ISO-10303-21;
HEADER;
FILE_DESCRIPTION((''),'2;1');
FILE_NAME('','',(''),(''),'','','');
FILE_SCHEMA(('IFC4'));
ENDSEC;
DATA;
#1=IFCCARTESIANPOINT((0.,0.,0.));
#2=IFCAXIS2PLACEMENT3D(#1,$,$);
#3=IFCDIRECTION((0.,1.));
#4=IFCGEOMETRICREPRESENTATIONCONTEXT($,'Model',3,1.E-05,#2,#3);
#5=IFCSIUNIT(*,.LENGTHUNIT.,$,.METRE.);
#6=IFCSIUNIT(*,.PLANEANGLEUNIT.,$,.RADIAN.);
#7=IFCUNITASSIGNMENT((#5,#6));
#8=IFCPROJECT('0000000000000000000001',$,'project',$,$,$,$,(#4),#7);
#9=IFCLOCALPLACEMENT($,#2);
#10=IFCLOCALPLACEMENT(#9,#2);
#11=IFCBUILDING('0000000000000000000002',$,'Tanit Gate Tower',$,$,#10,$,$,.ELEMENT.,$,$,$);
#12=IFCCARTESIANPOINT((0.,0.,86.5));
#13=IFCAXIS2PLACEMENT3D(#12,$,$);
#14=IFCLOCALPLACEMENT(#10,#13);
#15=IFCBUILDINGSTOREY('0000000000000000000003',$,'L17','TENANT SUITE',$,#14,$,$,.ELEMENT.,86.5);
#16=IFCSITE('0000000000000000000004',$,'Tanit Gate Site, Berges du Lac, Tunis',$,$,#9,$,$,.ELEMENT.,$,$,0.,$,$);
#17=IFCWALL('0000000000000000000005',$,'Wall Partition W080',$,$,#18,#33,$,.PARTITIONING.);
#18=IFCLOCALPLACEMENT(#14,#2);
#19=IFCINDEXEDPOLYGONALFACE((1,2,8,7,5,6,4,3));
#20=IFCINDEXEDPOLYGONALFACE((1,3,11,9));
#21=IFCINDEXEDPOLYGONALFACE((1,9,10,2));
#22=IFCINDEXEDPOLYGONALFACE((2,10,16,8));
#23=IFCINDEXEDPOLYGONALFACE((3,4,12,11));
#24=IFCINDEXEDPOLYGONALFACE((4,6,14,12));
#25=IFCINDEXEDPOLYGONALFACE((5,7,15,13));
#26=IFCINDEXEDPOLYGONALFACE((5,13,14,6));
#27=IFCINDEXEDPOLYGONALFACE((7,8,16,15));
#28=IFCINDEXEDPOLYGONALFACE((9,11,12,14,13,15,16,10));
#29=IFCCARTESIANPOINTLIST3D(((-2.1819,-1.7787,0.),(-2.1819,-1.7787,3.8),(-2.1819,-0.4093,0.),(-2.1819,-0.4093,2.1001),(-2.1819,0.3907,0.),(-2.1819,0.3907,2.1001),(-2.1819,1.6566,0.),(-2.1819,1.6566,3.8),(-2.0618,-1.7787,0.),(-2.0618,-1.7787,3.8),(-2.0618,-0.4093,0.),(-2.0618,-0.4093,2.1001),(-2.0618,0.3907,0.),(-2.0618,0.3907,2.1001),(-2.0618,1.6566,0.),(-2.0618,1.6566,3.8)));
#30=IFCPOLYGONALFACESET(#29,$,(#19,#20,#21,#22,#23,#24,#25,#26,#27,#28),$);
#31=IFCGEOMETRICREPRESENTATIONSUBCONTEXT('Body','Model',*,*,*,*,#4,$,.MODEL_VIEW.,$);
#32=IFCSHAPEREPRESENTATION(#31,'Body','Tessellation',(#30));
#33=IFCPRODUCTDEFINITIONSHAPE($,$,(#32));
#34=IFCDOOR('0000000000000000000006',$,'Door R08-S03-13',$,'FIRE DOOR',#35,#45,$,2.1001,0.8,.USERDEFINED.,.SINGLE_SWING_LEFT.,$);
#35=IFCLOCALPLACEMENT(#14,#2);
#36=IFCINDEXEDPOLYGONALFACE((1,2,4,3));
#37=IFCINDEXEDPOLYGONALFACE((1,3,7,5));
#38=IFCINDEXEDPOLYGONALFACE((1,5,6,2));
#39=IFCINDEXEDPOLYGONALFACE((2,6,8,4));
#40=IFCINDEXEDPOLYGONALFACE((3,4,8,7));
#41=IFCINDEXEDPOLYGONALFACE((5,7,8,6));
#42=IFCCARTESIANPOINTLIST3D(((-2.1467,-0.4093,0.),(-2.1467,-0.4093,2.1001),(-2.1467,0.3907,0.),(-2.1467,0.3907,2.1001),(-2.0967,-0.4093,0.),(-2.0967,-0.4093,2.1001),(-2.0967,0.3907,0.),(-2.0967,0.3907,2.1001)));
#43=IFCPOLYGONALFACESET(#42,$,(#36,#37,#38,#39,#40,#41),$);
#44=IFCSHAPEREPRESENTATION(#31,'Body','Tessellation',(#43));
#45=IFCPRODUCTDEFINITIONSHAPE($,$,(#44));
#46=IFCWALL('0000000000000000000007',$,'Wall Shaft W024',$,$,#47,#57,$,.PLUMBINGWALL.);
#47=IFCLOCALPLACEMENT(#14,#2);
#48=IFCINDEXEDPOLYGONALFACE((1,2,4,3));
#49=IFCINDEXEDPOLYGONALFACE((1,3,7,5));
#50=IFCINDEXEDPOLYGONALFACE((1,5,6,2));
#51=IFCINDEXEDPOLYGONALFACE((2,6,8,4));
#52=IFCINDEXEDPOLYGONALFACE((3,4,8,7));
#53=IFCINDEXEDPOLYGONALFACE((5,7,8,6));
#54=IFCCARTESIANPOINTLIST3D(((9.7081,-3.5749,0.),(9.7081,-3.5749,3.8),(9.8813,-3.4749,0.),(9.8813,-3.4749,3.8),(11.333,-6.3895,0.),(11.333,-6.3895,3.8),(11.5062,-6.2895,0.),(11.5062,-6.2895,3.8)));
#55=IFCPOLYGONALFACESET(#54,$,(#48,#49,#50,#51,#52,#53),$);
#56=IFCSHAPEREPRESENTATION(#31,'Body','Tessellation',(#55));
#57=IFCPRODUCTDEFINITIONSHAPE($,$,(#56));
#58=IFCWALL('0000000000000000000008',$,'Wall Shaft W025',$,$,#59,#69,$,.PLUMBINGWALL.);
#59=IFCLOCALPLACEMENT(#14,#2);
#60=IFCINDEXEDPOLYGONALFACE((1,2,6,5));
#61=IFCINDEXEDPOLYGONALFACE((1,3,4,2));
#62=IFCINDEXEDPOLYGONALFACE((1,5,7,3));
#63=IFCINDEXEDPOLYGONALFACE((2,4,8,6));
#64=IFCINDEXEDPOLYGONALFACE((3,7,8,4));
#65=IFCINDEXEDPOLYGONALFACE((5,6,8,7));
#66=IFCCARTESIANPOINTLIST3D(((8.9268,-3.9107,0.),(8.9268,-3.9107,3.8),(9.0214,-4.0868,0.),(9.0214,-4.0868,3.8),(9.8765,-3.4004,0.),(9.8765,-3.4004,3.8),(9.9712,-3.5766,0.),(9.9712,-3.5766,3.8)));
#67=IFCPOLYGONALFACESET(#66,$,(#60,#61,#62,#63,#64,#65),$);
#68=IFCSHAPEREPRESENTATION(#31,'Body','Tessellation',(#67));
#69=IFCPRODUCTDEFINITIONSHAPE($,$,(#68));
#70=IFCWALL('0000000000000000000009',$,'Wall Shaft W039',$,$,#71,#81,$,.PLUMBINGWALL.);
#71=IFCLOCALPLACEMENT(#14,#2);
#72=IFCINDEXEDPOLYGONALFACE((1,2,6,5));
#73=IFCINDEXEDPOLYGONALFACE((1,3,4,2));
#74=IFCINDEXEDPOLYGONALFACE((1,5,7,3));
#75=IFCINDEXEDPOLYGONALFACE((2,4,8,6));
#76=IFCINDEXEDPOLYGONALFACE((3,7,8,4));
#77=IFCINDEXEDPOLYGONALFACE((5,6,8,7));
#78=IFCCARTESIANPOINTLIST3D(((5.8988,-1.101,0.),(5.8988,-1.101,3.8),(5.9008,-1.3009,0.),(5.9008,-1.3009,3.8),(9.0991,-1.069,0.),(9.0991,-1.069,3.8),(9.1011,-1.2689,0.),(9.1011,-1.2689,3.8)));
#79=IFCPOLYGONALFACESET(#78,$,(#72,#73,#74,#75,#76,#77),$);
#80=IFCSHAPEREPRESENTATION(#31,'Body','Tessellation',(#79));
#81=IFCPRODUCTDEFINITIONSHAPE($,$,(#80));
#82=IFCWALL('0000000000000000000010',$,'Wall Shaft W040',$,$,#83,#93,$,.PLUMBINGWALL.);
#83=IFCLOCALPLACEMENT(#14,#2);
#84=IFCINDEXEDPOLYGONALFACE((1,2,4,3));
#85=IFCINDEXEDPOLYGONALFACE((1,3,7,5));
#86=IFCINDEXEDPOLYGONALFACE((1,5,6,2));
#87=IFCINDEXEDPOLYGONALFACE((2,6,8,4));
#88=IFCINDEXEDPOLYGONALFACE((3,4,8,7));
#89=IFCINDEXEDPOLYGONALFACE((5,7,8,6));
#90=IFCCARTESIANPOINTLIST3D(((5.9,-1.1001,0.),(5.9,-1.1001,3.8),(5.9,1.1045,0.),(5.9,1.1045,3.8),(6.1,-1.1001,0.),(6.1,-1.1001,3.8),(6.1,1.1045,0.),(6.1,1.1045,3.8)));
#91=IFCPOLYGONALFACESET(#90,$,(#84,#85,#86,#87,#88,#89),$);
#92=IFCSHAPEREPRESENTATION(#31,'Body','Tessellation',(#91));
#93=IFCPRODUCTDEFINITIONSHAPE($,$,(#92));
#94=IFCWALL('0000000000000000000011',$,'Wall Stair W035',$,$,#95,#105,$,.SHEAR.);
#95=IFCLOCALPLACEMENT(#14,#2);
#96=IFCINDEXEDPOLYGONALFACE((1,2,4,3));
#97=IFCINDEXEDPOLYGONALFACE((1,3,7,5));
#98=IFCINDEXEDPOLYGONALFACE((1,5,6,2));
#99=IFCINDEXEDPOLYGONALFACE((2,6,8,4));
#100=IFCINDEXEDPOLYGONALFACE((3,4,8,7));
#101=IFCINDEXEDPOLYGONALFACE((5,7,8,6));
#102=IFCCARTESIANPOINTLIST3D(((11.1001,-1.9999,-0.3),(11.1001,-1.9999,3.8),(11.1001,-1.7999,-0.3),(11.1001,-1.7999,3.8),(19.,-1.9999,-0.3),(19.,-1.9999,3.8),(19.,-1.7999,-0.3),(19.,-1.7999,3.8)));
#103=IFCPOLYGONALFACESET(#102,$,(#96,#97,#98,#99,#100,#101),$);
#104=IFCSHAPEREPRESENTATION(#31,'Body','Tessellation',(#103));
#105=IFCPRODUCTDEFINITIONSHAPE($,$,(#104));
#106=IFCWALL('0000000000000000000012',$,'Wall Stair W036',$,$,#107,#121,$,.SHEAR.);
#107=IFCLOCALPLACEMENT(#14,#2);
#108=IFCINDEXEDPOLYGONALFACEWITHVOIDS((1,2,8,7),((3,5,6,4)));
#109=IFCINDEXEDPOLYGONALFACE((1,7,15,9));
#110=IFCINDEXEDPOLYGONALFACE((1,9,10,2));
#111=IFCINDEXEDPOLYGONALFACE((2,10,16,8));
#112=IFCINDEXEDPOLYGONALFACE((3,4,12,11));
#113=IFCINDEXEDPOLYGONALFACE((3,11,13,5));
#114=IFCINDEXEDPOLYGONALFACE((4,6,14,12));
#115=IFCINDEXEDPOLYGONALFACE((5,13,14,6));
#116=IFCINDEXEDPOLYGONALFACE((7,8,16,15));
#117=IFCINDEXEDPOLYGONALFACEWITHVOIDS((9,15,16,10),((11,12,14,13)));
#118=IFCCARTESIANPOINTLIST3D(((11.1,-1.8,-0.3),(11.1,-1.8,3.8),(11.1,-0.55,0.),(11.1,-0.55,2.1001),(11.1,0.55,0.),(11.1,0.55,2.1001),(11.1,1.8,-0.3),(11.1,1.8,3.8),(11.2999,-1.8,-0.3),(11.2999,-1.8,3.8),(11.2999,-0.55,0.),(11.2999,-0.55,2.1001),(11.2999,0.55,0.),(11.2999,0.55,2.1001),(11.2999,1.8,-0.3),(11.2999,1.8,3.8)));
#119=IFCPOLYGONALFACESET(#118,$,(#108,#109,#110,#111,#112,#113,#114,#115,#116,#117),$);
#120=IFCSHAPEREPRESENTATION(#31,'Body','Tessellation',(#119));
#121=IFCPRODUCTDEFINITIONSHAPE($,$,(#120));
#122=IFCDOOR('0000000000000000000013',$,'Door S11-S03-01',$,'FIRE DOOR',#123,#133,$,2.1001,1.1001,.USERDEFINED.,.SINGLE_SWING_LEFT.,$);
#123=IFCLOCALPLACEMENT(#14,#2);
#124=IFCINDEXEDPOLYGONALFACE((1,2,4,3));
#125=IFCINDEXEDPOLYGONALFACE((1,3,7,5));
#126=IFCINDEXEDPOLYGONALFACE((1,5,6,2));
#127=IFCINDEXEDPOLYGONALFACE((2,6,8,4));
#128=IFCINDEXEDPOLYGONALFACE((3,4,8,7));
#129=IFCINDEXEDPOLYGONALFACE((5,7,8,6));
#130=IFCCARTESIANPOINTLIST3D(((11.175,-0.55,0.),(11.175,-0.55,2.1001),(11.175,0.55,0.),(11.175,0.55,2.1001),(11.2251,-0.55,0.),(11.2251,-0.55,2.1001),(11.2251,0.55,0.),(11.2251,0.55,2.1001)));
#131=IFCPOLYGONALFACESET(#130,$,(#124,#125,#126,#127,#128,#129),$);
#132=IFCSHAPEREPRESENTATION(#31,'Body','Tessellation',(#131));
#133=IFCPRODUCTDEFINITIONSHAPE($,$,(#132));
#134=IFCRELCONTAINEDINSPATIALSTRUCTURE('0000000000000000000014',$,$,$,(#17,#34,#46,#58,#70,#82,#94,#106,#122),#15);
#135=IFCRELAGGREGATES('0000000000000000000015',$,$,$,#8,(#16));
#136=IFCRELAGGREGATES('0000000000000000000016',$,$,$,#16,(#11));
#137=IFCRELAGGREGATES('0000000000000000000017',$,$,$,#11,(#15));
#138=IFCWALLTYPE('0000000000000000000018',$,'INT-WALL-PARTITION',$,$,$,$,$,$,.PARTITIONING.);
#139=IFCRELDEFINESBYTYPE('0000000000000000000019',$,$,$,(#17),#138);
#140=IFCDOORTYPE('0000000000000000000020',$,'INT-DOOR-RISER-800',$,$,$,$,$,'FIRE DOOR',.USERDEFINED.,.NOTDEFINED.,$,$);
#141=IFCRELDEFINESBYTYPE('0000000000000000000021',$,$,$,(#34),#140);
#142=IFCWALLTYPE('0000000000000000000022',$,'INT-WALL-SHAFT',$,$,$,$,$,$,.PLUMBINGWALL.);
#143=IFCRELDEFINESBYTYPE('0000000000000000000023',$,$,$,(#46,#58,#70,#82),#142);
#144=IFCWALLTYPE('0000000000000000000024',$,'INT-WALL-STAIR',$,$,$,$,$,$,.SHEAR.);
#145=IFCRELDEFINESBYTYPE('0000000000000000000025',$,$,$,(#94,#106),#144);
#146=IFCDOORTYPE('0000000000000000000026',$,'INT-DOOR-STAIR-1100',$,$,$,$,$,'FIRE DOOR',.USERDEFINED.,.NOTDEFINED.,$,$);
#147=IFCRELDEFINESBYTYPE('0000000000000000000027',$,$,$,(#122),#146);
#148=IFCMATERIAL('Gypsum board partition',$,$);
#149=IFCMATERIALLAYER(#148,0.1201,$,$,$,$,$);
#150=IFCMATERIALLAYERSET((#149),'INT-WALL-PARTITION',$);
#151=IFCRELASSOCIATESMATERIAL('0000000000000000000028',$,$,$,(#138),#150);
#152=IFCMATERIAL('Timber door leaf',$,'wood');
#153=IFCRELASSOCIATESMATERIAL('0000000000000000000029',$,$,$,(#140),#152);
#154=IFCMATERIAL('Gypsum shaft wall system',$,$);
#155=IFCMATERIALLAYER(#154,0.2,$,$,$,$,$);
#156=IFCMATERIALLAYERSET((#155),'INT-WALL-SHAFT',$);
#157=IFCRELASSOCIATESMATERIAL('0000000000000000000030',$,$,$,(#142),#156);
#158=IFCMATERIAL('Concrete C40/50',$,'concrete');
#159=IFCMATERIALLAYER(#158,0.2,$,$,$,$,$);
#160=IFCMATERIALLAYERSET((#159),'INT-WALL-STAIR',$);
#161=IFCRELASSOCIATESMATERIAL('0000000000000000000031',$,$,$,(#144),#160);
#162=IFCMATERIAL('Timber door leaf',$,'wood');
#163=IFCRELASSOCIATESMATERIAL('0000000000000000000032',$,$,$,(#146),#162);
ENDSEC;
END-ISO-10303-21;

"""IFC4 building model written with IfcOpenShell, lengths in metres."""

from ifc_helpers import new_model, si_unit, direction, frame, frame_2d, origin, place, context, subcontext, project, spatial, rectangle, extrude, material, layer, layer_set, type_object, element, fill, save


model = new_model("IFC4")

# Units and contexts
model_context = context("Model", 3, precision=1e-05, world=origin(), true_north=direction((0.0, 1.0)))
body_context = subcontext(model_context, "Body", "Model", "MODEL_VIEW")
ifc_project = project(units=[si_unit("LENGTHUNIT", "METRE"), si_unit("PLANEANGLEUNIT", "RADIAN")], contexts=[model_context])

# Site, building, storey
site_placement = place(None, origin())
site = spatial("IfcSite", under=ifc_project, at=site_placement, Name="Tanit Gate Site, Berges du Lac, Tunis", CompositionType="ELEMENT", RefElevation=0.0)
building_placement = place(site_placement, origin())
building = spatial("IfcBuilding", under=site, at=building_placement, Name="Tanit Gate Tower", CompositionType="ELEMENT")
storey_placement = place(building_placement, frame((0.0, 0.0, 86.5)))
storey = spatial("IfcBuildingStorey", under=building, at=storey_placement, Name="L17", Description="TENANT SUITE", CompositionType="ELEMENT", Elevation=86.5)

# Shared definitions
ifc_material_1 = material(Name="Gypsum board partition")
ifc_layer_1 = layer(ifc_material_1, 0.1201)
ifc_layer_set_1 = layer_set([ifc_layer_1], Name="INT-WALL-PARTITION")
wall_type_1 = type_object("IfcWallType", Name="INT-WALL-PARTITION", PredefinedType="PARTITIONING", material=ifc_layer_set_1)
ifc_material_2 = material(Name="Timber door leaf", Category="wood")
door_type_1 = type_object("IfcDoorType", Name="INT-DOOR-RISER-800", ElementType="FIRE DOOR", OperationType="NOTDEFINED", PredefinedType="USERDEFINED", material=ifc_material_2)

# Wall, opening, door
wall_1_placement = place(storey_placement, frame((-2.1218, -1.7788, 0.0), z_axis=(0.0, 0.0, 1.0), x_axis=(0.0, 1.0, 0.0)))
wall_1 = element("IfcWall", 1, at=wall_1_placement, inside=storey, type_object=wall_type_1, Name="Wall Partition W080", PredefinedType="PARTITIONING", context=body_context, shape_type="SweptSolid", body=[
    extrude(rectangle(XDim=3.4353, YDim=0.1201, at=frame_2d((1.7178, 0.0))), origin(), (0.0, 0.0, 1.0), 3.8),
])
opening_1_placement = place(wall_1_placement, frame((1.3696, 0.0, 0.0)))
opening_1 = element("IfcOpeningElement", 2, at=opening_1_placement, cuts=wall_1, PredefinedType="OPENING", context=body_context, shape_type="SweptSolid", body=[
    extrude(rectangle(XDim=0.8, YDim=2.1001, at=frame_2d((0.3999, 1.05))), frame((0.0, 0.0701, 0.0), z_axis=(0.0, -1.0, 0.0), x_axis=(1.0, 0.0, 0.0)), (0.0, 0.0, 1.0), 0.1401),
])
door_1_placement = place(opening_1_placement, origin())
door_1 = element("IfcDoor", 3, at=door_1_placement, inside=storey, type_object=door_type_1, Name="Door R08-S03-13", ObjectType="FIRE DOOR", OperationType="SINGLE_SWING_LEFT", OverallHeight=2.1001, OverallWidth=0.8, PredefinedType="USERDEFINED", context=body_context, shape_type="SweptSolid", body=[
    extrude(rectangle(XDim=0.8, YDim=2.1001, at=frame_2d((0.3999, 1.05))), frame((0.0, 0.0249, 0.0), z_axis=(0.0, -1.0, 0.0), x_axis=(1.0, 0.0, 0.0)), (0.0, 0.0, 1.0), 0.05),
])
fill(opening_1, door_1)

# Walls
ifc_material_3 = material(Name="Gypsum shaft wall system")
ifc_layer_2 = layer(ifc_material_3, 0.2)
ifc_layer_set_2 = layer_set([ifc_layer_2], Name="INT-WALL-SHAFT")
wall_type_2 = type_object("IfcWallType", Name="INT-WALL-SHAFT", PredefinedType="PLUMBINGWALL", material=ifc_layer_set_2)
wall_2_placement = place(storey_placement, frame((9.7947, -3.5249, 0.0), z_axis=(0.0, 0.0, 1.0), x_axis=(0.499985, -0.866034, 0.0)))
element("IfcWall", 4, at=wall_2_placement, inside=storey, type_object=wall_type_2, Name="Wall Shaft W024", PredefinedType="PLUMBINGWALL", context=body_context, shape_type="SweptSolid", body=[
    extrude(rectangle(XDim=3.25, YDim=0.2, at=frame_2d((1.625, 0.0))), origin(), (0.0, 0.0, 1.0), 3.8),
])
wall_3_placement = place(storey_placement, frame((8.9741, -3.9988, 0.0), z_axis=(0.0, 0.0, 1.0), x_axis=(0.880907, 0.473289, 0.0)))
element("IfcWall", 5, at=wall_3_placement, inside=storey, type_object=wall_type_2, Name="Wall Shaft W025", PredefinedType="PLUMBINGWALL", context=body_context, shape_type="SweptSolid", body=[
    extrude(rectangle(XDim=1.0781, YDim=0.2, at=frame_2d((0.5391, 0.0))), origin(), (0.0, 0.0, 1.0), 3.8),
])
wall_4_placement = place(storey_placement, frame((5.8999, -1.2009, 0.0), z_axis=(0.0, 0.0, 1.0), x_axis=(0.99995, 0.009993, 0.0)))
element("IfcWall", 6, at=wall_4_placement, inside=storey, type_object=wall_type_2, Name="Wall Shaft W039", PredefinedType="PLUMBINGWALL", context=body_context, shape_type="SweptSolid", body=[
    extrude(rectangle(XDim=3.2004, YDim=0.2, at=frame_2d((1.6001, 0.0))), origin(), (0.0, 0.0, 1.0), 3.8),
])
wall_5_placement = place(storey_placement, frame((6.0, -1.1001, 0.0), z_axis=(0.0, 0.0, 1.0), x_axis=(0.0, 1.0, 0.0)))
element("IfcWall", 7, at=wall_5_placement, inside=storey, type_object=wall_type_2, Name="Wall Shaft W040", PredefinedType="PLUMBINGWALL", context=body_context, shape_type="SweptSolid", body=[
    extrude(rectangle(XDim=2.2046, YDim=0.2, at=frame_2d((1.1023, 0.0))), origin(), (0.0, 0.0, 1.0), 3.8),
])
ifc_material_4 = material(Name="Concrete C40/50", Category="concrete")
ifc_layer_3 = layer(ifc_material_4, 0.2)
ifc_layer_set_3 = layer_set([ifc_layer_3], Name="INT-WALL-STAIR")
wall_type_3 = type_object("IfcWallType", Name="INT-WALL-STAIR", PredefinedType="SHEAR", material=ifc_layer_set_3)
wall_6_placement = place(storey_placement, frame((11.1001, -1.8999, -0.3), z_axis=(0.0, 0.0, 1.0), x_axis=(1.0, 0.0, 0.0)))
element("IfcWall", 8, at=wall_6_placement, inside=storey, type_object=wall_type_3, Name="Wall Stair W035", PredefinedType="SHEAR", context=body_context, shape_type="SweptSolid", body=[
    extrude(rectangle(XDim=7.8999, YDim=0.2, at=frame_2d((3.95, 0.0))), origin(), (0.0, 0.0, 1.0), 4.1001),
])

# Wall, opening, door
wall_7_placement = place(storey_placement, frame((11.2, -1.8, -0.3), z_axis=(0.0, 0.0, 1.0), x_axis=(0.0, 1.0, 0.0)))
wall_7 = element("IfcWall", 9, at=wall_7_placement, inside=storey, type_object=wall_type_3, Name="Wall Stair W036", PredefinedType="SHEAR", context=body_context, shape_type="SweptSolid", body=[
    extrude(rectangle(XDim=3.6001, YDim=0.2, at=frame_2d((1.8, 0.0))), origin(), (0.0, 0.0, 1.0), 4.1001),
])
opening_2_placement = place(wall_7_placement, frame((1.25, 0.0, 0.3)))
opening_2 = element("IfcOpeningElement", 10, at=opening_2_placement, cuts=wall_7, PredefinedType="OPENING", context=body_context, shape_type="SweptSolid", body=[
    extrude(rectangle(XDim=1.1001, YDim=2.1001, at=frame_2d((0.55, 1.05))), frame((0.0, 0.1099, 0.0), z_axis=(0.0, -1.0, 0.0), x_axis=(1.0, 0.0, 0.0)), (0.0, 0.0, 1.0), 0.22),
])
ifc_material_5 = material(Name="Timber door leaf", Category="wood")
door_type_2 = type_object("IfcDoorType", Name="INT-DOOR-STAIR-1100", ElementType="FIRE DOOR", OperationType="NOTDEFINED", PredefinedType="USERDEFINED", material=ifc_material_5)
door_2_placement = place(opening_2_placement, origin())
door_2 = element("IfcDoor", 11, at=door_2_placement, inside=storey, type_object=door_type_2, Name="Door S11-S03-01", ObjectType="FIRE DOOR", OperationType="SINGLE_SWING_LEFT", OverallHeight=2.1001, OverallWidth=1.1001, PredefinedType="USERDEFINED", context=body_context, shape_type="SweptSolid", body=[
    extrude(rectangle(XDim=1.1001, YDim=2.1001, at=frame_2d((0.55, 1.05))), frame((0.0, 0.0249, 0.0), z_axis=(0.0, -1.0, 0.0), x_axis=(1.0, 0.0, 0.0)), (0.0, 0.0, 1.0), 0.05),
])
fill(opening_2, door_2)

save(model, "model.ifc")
